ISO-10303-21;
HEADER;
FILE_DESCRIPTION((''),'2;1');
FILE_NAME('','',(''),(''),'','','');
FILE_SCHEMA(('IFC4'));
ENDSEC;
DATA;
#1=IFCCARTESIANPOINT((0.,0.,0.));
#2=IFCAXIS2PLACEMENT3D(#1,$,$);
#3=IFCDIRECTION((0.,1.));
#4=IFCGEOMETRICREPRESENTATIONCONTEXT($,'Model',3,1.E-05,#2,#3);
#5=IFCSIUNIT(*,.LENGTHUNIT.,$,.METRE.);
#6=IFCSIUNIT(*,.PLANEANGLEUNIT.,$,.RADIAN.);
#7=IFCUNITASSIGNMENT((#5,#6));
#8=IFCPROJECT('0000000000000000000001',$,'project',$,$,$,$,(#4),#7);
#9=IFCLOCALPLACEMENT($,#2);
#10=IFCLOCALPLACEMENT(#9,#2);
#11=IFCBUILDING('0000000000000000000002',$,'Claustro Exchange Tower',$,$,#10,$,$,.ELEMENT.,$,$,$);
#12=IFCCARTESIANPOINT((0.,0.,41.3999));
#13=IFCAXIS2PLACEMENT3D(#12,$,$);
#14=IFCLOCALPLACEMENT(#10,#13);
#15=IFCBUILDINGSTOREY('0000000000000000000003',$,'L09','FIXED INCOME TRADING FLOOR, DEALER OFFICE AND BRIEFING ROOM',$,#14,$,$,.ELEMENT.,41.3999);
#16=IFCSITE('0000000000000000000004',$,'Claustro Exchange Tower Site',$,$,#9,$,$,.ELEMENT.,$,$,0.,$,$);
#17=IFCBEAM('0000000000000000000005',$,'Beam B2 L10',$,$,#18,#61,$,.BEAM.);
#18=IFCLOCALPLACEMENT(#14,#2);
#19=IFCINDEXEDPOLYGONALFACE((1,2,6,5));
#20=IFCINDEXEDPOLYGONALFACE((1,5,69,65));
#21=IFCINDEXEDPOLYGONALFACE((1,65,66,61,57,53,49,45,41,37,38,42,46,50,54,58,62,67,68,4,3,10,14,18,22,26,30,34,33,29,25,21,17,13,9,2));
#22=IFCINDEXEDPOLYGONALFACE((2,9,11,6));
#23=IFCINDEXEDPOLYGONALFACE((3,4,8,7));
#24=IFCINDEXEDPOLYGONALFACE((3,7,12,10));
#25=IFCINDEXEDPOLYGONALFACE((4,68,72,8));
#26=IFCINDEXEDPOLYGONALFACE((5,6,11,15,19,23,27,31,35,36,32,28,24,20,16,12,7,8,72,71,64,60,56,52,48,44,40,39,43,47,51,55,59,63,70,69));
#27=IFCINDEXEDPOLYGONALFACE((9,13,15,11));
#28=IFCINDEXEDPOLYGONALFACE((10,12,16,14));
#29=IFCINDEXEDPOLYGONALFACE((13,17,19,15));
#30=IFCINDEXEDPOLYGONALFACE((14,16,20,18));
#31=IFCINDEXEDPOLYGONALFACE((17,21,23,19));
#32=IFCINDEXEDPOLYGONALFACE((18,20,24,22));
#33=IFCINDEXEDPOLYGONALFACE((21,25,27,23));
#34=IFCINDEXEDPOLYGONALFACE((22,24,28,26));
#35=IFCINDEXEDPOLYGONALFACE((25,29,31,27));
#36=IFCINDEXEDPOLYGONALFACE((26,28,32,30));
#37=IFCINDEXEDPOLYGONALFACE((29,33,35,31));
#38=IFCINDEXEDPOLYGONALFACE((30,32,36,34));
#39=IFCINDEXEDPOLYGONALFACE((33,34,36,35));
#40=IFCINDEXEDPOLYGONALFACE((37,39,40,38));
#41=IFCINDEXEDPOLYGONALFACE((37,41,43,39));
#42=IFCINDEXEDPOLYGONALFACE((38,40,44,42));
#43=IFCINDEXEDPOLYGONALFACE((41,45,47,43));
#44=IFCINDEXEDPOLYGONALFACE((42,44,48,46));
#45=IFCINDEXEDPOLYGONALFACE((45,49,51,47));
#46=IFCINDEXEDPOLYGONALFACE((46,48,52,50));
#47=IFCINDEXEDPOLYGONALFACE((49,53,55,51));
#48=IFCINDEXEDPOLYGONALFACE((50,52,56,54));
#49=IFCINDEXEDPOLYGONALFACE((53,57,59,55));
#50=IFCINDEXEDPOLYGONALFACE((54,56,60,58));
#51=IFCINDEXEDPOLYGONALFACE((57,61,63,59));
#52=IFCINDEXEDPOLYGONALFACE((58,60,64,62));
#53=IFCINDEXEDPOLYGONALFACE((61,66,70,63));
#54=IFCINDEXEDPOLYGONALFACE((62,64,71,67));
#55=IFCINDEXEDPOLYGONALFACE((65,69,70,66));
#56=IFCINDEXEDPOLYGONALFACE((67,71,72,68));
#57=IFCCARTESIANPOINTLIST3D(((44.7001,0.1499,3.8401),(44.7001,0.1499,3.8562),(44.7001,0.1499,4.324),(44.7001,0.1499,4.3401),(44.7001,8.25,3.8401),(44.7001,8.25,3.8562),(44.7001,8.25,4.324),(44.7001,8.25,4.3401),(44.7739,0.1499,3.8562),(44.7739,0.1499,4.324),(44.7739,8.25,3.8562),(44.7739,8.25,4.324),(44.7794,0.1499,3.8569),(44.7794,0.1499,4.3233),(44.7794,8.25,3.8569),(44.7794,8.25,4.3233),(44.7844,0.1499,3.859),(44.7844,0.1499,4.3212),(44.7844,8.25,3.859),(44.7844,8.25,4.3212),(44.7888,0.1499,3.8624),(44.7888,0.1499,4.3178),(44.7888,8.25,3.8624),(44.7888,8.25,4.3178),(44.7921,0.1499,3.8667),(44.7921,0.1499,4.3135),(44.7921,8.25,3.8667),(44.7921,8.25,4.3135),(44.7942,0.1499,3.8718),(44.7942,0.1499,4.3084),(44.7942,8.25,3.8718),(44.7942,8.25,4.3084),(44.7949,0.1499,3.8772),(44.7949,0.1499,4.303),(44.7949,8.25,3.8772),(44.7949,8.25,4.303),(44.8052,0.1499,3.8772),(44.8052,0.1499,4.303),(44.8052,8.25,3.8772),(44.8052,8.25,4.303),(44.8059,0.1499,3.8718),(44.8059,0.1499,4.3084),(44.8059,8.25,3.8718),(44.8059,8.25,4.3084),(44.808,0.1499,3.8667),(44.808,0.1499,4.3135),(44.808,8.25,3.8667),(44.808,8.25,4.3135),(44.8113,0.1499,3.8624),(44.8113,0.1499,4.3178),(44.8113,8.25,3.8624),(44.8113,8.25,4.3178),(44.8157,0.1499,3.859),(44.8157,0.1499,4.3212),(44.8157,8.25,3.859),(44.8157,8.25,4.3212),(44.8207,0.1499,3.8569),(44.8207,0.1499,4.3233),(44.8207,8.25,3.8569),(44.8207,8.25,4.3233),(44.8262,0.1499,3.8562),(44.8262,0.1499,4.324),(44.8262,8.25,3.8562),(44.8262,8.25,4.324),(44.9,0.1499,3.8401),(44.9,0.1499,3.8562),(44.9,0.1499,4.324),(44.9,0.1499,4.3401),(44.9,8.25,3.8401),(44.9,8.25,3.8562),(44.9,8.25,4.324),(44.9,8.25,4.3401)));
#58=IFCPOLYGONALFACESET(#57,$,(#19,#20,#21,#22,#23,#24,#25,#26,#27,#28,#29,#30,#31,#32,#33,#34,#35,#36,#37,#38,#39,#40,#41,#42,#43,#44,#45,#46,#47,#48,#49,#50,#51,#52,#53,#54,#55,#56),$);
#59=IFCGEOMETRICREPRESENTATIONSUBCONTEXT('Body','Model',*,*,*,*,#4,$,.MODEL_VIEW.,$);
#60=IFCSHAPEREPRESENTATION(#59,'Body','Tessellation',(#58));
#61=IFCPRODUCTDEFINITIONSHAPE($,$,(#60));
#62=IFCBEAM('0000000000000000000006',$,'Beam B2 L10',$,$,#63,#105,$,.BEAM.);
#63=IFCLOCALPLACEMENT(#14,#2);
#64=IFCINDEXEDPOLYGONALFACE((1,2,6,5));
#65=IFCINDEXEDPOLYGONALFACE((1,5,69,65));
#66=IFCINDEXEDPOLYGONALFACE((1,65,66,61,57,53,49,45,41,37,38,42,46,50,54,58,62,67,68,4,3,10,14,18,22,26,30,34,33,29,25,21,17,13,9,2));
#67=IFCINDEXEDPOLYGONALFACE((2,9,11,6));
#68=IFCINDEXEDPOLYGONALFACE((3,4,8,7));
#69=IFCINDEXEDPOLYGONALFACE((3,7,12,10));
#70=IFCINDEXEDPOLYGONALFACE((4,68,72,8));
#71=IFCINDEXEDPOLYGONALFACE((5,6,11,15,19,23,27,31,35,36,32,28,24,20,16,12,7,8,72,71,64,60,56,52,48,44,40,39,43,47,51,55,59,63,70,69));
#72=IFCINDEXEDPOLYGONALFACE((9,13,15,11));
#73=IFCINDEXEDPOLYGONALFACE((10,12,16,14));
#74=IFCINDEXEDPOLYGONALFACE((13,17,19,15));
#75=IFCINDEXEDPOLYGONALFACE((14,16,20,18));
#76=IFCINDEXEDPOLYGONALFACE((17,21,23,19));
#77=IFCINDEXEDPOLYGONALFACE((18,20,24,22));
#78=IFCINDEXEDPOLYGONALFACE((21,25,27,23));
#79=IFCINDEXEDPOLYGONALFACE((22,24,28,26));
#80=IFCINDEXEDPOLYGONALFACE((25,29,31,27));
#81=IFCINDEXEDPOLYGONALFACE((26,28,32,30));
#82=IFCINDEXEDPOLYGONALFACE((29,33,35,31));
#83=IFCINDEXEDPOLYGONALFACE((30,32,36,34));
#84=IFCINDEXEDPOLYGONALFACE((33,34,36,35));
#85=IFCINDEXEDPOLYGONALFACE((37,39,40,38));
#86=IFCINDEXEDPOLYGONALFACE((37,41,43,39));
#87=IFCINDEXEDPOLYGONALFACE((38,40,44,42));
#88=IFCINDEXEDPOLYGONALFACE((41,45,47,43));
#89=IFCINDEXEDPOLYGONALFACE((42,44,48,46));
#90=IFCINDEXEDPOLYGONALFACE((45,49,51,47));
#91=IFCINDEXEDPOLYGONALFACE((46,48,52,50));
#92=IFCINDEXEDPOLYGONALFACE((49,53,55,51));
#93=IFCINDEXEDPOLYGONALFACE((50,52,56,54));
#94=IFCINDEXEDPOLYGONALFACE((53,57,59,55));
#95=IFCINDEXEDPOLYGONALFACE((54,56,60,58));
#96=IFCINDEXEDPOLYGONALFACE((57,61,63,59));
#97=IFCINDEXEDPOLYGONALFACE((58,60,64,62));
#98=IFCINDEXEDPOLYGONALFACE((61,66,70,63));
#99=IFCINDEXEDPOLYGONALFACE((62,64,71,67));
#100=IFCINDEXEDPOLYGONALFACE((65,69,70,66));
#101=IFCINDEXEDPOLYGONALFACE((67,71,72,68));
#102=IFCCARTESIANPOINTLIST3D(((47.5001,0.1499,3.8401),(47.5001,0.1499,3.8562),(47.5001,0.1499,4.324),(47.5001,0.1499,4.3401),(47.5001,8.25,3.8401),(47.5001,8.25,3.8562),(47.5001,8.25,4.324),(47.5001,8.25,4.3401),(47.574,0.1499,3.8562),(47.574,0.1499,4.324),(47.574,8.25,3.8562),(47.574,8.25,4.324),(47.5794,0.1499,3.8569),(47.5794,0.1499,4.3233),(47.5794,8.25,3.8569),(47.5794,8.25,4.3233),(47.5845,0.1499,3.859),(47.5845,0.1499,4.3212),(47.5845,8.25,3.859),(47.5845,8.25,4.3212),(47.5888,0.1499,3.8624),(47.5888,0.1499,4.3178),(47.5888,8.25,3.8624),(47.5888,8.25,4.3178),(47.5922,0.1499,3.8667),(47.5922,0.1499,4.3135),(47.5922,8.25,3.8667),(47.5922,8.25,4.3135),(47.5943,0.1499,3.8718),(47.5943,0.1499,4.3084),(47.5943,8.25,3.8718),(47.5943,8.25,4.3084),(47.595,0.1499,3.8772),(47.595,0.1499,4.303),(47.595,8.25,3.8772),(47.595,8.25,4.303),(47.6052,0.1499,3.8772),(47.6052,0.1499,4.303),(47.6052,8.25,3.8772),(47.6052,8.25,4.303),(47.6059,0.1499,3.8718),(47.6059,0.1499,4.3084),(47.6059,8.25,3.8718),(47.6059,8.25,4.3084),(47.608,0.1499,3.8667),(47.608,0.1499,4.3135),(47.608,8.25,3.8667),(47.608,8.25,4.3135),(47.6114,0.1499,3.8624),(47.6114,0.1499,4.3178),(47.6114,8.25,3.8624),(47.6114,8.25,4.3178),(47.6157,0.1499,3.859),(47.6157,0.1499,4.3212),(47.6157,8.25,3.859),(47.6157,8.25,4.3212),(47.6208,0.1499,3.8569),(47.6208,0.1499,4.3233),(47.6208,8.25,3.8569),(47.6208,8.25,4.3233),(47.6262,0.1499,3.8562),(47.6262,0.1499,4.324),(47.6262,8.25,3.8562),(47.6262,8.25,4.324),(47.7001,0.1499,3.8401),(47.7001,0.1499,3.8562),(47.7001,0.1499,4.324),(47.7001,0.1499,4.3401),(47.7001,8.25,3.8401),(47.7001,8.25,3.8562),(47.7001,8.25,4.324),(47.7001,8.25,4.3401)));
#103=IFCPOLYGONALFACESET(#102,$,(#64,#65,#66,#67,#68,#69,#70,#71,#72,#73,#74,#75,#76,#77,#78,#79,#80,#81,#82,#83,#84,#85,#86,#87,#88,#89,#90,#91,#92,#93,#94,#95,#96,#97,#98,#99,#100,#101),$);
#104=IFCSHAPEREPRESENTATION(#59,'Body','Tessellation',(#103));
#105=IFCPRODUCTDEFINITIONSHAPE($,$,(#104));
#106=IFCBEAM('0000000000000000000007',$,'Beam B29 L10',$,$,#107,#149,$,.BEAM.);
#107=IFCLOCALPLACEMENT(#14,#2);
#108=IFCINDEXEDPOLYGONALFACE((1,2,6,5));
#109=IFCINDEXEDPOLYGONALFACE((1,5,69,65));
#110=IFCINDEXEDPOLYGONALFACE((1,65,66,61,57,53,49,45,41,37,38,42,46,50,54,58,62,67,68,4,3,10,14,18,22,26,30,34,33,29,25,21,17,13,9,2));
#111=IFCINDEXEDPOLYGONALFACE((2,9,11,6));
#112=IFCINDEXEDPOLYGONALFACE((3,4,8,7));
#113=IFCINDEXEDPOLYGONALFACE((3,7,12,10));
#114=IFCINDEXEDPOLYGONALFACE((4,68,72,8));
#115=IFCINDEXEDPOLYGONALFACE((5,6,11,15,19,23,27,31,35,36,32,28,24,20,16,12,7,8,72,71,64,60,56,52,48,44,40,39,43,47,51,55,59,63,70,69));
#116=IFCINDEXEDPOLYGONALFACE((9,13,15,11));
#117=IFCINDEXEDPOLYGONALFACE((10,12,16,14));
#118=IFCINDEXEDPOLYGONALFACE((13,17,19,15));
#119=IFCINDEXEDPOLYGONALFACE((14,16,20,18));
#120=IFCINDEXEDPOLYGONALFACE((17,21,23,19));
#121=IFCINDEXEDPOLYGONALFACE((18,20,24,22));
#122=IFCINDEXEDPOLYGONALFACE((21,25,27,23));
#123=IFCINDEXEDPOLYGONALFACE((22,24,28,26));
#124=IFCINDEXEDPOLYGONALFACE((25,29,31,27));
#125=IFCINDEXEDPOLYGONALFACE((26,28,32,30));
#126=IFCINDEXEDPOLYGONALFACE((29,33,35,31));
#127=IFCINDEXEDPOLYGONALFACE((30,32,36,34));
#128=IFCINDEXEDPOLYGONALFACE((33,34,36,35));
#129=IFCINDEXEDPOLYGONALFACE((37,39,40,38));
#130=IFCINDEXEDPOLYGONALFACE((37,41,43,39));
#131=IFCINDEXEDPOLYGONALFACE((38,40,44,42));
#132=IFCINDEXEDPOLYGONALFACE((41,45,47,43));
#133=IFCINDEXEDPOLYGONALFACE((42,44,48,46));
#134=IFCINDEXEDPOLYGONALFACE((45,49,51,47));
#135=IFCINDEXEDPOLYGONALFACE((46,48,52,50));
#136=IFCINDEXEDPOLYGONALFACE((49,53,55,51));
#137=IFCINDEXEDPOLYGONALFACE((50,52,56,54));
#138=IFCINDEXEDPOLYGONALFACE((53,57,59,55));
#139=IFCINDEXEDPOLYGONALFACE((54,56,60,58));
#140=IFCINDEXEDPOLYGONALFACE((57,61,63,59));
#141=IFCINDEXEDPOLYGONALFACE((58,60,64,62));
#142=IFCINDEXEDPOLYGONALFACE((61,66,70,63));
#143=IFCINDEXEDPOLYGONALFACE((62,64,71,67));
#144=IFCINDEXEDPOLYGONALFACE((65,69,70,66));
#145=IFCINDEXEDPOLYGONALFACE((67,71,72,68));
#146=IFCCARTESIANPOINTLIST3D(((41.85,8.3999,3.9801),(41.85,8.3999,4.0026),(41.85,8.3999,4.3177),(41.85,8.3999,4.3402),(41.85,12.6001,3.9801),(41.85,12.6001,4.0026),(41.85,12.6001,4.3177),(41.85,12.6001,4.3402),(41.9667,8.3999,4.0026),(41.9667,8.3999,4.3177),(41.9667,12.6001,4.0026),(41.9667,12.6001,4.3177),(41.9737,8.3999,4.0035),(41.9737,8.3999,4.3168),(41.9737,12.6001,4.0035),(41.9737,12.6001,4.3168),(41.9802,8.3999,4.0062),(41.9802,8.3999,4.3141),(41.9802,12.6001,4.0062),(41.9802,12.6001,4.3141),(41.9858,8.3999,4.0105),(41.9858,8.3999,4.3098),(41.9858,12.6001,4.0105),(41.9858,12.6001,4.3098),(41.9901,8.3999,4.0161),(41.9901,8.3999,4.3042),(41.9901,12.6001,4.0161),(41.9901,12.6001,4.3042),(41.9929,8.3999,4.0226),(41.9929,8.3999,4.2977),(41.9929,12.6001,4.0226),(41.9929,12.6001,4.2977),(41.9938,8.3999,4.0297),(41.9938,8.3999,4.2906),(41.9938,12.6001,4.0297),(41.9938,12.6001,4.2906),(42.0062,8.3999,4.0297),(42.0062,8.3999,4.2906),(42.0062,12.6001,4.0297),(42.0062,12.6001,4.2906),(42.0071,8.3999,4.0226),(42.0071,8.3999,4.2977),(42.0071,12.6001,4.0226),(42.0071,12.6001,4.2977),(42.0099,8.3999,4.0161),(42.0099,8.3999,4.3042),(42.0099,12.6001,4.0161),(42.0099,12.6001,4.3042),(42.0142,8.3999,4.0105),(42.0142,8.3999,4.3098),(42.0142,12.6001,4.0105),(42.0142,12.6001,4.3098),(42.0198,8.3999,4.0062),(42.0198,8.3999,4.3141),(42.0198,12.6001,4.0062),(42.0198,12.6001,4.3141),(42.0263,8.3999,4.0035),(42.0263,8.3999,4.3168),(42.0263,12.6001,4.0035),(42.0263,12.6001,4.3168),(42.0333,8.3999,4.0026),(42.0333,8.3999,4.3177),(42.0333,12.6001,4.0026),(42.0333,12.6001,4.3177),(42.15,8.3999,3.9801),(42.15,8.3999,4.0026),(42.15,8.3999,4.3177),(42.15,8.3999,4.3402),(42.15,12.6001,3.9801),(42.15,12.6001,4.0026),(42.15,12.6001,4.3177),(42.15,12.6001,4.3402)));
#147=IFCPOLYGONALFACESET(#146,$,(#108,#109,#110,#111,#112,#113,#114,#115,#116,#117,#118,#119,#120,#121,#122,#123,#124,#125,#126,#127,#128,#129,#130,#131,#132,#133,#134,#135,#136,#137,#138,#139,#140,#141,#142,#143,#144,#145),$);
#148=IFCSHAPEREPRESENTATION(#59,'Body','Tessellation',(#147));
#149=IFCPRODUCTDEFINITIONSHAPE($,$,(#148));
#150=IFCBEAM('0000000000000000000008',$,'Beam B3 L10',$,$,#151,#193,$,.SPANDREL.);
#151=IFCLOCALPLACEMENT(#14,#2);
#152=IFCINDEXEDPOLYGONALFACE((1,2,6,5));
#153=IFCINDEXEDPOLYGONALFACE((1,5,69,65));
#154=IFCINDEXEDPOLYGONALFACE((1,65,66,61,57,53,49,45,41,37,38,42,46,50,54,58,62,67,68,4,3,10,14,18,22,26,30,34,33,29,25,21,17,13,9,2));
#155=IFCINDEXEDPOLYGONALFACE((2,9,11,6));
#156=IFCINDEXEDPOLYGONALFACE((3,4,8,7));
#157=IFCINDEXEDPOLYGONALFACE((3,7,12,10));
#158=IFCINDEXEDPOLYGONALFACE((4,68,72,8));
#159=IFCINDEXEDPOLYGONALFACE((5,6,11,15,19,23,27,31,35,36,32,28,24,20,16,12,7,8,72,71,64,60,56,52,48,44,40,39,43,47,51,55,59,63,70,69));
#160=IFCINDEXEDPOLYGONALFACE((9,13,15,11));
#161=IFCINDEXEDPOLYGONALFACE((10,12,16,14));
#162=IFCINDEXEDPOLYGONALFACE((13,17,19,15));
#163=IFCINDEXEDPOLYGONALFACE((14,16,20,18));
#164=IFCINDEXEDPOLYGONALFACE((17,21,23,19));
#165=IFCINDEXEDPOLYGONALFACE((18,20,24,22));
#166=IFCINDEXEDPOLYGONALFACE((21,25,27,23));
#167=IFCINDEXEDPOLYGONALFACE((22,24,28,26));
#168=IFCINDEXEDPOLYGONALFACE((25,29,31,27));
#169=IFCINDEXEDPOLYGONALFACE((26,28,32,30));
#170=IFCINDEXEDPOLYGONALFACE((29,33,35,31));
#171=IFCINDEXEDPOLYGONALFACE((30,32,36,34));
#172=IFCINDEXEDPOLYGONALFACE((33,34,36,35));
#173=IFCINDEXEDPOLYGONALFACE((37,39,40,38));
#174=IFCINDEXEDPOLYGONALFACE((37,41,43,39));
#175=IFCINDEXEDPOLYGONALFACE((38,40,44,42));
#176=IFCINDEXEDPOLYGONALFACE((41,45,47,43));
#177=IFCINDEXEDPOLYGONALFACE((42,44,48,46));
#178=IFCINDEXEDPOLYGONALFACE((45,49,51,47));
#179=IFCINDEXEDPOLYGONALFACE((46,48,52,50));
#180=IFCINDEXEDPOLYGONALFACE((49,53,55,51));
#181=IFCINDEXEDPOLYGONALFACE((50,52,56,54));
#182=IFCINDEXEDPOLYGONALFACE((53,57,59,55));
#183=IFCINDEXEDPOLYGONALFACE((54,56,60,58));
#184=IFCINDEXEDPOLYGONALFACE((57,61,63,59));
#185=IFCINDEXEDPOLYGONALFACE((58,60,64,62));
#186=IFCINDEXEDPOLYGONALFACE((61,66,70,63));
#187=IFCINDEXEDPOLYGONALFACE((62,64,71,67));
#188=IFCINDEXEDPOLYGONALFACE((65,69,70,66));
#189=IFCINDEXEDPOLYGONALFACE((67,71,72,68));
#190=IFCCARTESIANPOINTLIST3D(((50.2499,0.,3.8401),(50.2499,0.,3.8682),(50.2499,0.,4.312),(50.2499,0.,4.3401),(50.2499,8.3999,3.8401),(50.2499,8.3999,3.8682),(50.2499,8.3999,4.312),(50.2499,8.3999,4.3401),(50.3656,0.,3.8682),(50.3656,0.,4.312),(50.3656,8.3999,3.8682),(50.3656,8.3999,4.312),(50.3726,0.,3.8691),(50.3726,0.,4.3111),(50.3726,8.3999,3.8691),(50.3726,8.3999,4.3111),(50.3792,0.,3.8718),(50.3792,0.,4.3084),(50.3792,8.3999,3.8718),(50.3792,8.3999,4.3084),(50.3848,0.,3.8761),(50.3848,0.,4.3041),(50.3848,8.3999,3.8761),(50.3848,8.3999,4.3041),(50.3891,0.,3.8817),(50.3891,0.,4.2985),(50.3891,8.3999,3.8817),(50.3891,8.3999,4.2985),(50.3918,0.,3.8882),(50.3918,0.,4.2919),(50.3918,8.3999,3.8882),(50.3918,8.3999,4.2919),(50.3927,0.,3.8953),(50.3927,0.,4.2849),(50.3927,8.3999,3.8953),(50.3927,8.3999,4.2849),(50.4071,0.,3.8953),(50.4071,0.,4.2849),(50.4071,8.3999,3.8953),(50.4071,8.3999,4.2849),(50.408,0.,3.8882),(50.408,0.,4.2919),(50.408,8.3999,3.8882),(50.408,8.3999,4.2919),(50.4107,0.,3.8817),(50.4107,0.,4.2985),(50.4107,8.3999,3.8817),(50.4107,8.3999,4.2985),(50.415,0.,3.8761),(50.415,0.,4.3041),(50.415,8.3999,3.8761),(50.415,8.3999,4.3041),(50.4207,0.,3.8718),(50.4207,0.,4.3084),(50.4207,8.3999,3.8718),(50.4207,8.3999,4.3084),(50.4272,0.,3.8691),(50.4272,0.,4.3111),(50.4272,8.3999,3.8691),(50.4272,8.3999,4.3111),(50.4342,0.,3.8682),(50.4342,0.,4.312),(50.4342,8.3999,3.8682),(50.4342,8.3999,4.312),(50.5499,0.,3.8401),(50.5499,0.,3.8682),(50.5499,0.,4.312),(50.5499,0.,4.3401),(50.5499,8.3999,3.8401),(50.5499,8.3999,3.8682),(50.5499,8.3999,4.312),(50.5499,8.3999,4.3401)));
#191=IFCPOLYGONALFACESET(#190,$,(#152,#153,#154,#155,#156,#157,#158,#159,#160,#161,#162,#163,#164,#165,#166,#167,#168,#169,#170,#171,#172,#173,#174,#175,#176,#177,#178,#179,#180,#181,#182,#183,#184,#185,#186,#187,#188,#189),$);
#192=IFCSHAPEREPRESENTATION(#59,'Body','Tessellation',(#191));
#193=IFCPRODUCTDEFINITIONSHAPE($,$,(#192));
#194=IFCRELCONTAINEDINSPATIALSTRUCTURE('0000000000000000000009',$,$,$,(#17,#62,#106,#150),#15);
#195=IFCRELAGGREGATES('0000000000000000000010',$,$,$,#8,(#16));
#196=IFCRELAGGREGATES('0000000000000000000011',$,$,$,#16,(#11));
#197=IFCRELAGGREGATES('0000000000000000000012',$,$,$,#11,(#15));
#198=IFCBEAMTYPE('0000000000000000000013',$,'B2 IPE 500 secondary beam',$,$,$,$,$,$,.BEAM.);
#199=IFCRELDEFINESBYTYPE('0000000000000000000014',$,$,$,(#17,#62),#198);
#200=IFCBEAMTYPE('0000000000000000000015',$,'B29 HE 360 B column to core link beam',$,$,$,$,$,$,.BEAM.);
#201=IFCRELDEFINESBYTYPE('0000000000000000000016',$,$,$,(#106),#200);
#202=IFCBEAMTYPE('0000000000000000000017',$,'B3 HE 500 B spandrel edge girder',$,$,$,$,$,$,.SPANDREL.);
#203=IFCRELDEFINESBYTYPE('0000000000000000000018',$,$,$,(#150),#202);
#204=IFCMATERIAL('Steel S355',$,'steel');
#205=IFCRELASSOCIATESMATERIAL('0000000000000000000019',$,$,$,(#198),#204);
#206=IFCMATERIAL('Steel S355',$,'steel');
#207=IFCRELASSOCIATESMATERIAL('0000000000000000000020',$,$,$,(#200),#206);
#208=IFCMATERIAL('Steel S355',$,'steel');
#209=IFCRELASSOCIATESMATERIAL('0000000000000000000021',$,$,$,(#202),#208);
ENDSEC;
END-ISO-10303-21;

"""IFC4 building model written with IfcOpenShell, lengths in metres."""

from ifc_helpers import new_model, si_unit, direction, frame, origin, origin_2d, place, context, subcontext, project, spatial, i_section, extrude, material, material_profile, profile_set, type_object, element, save


model = new_model("IFC4")

# Units and contexts
model_context = context("Model", 3, precision=1e-05, world=origin(), true_north=direction((0.0, 1.0)))
body_context = subcontext(model_context, "Body", "Model", "MODEL_VIEW")
ifc_project = project(units=[si_unit("LENGTHUNIT", "METRE"), si_unit("PLANEANGLEUNIT", "RADIAN")], contexts=[model_context])

# Site, building, storey
site_placement = place(None, origin())
site = spatial("IfcSite", under=ifc_project, at=site_placement, Name="Claustro Exchange Tower Site", CompositionType="ELEMENT", RefElevation=0.0)
building_placement = place(site_placement, origin())
building = spatial("IfcBuilding", under=site, at=building_placement, Name="Claustro Exchange Tower", CompositionType="ELEMENT")
storey_placement = place(building_placement, frame((0.0, 0.0, 41.3999)))
storey = spatial("IfcBuildingStorey", under=building, at=storey_placement, Name="L09", Description="FIXED INCOME TRADING FLOOR, DEALER OFFICE AND BRIEFING ROOM", CompositionType="ELEMENT", Elevation=41.3999)

# Beams
ifc_material_1 = material(Name="Steel S355", Category="steel")
ifc_material_profile_1 = material_profile(ifc_material_1, i_section(OverallWidth=0.2, OverallDepth=0.5, WebThickness=0.0103, FlangeThickness=0.0161, FilletRadius=0.021, at=origin_2d()), Name="IPE 500")
ifc_profile_set_1 = profile_set([ifc_material_profile_1], Name="Steel S355")
beam_type_1 = type_object("IfcBeamType", Name="B2 IPE 500 secondary beam", PredefinedType="BEAM", material=ifc_profile_set_1)
for number, where, z_axis, x_axis, name in (
    (1, (44.8, 0.1499, 4.0901), (0.0, 1.0, 0.0), (-1.0, 0.0, 0.0), "Beam B2 L10"),
    (2, (47.6001, 0.1499, 4.0901), (0.0, 1.0, 0.0), (-1.0, 0.0, 0.0), "Beam B2 L10"),
):
    element("IfcBeam", number, at=place(storey_placement, frame(where, z_axis=z_axis, x_axis=x_axis)), inside=storey, type_object=beam_type_1, Name=name, PredefinedType="BEAM", context=body_context, shape_type="SweptSolid", body=[
        extrude(i_section(OverallWidth=0.2, OverallDepth=0.5, WebThickness=0.0103, FlangeThickness=0.0161, FilletRadius=0.021, at=origin_2d()), origin(), (0.0, 0.0, 1.0), 8.1001),
    ])
ifc_material_2 = material(Name="Steel S355", Category="steel")
ifc_material_profile_2 = material_profile(ifc_material_2, i_section(OverallWidth=0.3, OverallDepth=0.3601, WebThickness=0.0125, FlangeThickness=0.0225, FilletRadius=0.0271, at=origin_2d()), Name="HE 360 B")
ifc_profile_set_2 = profile_set([ifc_material_profile_2], Name="Steel S355")
beam_type_2 = type_object("IfcBeamType", Name="B29 HE 360 B column to core link beam", PredefinedType="BEAM", material=ifc_profile_set_2)
beam_placement = place(storey_placement, frame((42.0, 8.3999, 4.1602), z_axis=(0.0, 1.0, 0.0), x_axis=(-1.0, 0.0, 0.0)))
element("IfcBeam", 3, at=beam_placement, inside=storey, type_object=beam_type_2, Name="Beam B29 L10", PredefinedType="BEAM", context=body_context, shape_type="SweptSolid", body=[
    extrude(i_section(OverallWidth=0.3, OverallDepth=0.3601, WebThickness=0.0125, FlangeThickness=0.0225, FilletRadius=0.0271, at=origin_2d()), origin(), (0.0, 0.0, 1.0), 4.2002),
])
ifc_material_3 = material(Name="Steel S355", Category="steel")
ifc_material_profile_3 = material_profile(ifc_material_3, i_section(OverallWidth=0.3, OverallDepth=0.5, WebThickness=0.0144, FlangeThickness=0.0281, FilletRadius=0.0271, at=origin_2d()), Name="HE 500 B")
ifc_profile_set_3 = profile_set([ifc_material_profile_3], Name="Steel S355")
beam_type_3 = type_object("IfcBeamType", Name="B3 HE 500 B spandrel edge girder", PredefinedType="SPANDREL", material=ifc_profile_set_3)
for number, where, z_axis, x_axis, name in (
    (4, (50.3999, 0.0, 4.0901), (0.0, 1.0, 0.0), (-1.0, 0.0, 0.0), "Beam B3 L10"),
):
    element("IfcBeam", number, at=place(storey_placement, frame(where, z_axis=z_axis, x_axis=x_axis)), inside=storey, type_object=beam_type_3, Name=name, PredefinedType="SPANDREL", context=body_context, shape_type="SweptSolid", body=[
        extrude(i_section(OverallWidth=0.3, OverallDepth=0.5, WebThickness=0.0144, FlangeThickness=0.0281, FilletRadius=0.0271, at=origin_2d()), origin(), (0.0, 0.0, 1.0), 8.3999),
    ])

save(model, "model.ifc")
